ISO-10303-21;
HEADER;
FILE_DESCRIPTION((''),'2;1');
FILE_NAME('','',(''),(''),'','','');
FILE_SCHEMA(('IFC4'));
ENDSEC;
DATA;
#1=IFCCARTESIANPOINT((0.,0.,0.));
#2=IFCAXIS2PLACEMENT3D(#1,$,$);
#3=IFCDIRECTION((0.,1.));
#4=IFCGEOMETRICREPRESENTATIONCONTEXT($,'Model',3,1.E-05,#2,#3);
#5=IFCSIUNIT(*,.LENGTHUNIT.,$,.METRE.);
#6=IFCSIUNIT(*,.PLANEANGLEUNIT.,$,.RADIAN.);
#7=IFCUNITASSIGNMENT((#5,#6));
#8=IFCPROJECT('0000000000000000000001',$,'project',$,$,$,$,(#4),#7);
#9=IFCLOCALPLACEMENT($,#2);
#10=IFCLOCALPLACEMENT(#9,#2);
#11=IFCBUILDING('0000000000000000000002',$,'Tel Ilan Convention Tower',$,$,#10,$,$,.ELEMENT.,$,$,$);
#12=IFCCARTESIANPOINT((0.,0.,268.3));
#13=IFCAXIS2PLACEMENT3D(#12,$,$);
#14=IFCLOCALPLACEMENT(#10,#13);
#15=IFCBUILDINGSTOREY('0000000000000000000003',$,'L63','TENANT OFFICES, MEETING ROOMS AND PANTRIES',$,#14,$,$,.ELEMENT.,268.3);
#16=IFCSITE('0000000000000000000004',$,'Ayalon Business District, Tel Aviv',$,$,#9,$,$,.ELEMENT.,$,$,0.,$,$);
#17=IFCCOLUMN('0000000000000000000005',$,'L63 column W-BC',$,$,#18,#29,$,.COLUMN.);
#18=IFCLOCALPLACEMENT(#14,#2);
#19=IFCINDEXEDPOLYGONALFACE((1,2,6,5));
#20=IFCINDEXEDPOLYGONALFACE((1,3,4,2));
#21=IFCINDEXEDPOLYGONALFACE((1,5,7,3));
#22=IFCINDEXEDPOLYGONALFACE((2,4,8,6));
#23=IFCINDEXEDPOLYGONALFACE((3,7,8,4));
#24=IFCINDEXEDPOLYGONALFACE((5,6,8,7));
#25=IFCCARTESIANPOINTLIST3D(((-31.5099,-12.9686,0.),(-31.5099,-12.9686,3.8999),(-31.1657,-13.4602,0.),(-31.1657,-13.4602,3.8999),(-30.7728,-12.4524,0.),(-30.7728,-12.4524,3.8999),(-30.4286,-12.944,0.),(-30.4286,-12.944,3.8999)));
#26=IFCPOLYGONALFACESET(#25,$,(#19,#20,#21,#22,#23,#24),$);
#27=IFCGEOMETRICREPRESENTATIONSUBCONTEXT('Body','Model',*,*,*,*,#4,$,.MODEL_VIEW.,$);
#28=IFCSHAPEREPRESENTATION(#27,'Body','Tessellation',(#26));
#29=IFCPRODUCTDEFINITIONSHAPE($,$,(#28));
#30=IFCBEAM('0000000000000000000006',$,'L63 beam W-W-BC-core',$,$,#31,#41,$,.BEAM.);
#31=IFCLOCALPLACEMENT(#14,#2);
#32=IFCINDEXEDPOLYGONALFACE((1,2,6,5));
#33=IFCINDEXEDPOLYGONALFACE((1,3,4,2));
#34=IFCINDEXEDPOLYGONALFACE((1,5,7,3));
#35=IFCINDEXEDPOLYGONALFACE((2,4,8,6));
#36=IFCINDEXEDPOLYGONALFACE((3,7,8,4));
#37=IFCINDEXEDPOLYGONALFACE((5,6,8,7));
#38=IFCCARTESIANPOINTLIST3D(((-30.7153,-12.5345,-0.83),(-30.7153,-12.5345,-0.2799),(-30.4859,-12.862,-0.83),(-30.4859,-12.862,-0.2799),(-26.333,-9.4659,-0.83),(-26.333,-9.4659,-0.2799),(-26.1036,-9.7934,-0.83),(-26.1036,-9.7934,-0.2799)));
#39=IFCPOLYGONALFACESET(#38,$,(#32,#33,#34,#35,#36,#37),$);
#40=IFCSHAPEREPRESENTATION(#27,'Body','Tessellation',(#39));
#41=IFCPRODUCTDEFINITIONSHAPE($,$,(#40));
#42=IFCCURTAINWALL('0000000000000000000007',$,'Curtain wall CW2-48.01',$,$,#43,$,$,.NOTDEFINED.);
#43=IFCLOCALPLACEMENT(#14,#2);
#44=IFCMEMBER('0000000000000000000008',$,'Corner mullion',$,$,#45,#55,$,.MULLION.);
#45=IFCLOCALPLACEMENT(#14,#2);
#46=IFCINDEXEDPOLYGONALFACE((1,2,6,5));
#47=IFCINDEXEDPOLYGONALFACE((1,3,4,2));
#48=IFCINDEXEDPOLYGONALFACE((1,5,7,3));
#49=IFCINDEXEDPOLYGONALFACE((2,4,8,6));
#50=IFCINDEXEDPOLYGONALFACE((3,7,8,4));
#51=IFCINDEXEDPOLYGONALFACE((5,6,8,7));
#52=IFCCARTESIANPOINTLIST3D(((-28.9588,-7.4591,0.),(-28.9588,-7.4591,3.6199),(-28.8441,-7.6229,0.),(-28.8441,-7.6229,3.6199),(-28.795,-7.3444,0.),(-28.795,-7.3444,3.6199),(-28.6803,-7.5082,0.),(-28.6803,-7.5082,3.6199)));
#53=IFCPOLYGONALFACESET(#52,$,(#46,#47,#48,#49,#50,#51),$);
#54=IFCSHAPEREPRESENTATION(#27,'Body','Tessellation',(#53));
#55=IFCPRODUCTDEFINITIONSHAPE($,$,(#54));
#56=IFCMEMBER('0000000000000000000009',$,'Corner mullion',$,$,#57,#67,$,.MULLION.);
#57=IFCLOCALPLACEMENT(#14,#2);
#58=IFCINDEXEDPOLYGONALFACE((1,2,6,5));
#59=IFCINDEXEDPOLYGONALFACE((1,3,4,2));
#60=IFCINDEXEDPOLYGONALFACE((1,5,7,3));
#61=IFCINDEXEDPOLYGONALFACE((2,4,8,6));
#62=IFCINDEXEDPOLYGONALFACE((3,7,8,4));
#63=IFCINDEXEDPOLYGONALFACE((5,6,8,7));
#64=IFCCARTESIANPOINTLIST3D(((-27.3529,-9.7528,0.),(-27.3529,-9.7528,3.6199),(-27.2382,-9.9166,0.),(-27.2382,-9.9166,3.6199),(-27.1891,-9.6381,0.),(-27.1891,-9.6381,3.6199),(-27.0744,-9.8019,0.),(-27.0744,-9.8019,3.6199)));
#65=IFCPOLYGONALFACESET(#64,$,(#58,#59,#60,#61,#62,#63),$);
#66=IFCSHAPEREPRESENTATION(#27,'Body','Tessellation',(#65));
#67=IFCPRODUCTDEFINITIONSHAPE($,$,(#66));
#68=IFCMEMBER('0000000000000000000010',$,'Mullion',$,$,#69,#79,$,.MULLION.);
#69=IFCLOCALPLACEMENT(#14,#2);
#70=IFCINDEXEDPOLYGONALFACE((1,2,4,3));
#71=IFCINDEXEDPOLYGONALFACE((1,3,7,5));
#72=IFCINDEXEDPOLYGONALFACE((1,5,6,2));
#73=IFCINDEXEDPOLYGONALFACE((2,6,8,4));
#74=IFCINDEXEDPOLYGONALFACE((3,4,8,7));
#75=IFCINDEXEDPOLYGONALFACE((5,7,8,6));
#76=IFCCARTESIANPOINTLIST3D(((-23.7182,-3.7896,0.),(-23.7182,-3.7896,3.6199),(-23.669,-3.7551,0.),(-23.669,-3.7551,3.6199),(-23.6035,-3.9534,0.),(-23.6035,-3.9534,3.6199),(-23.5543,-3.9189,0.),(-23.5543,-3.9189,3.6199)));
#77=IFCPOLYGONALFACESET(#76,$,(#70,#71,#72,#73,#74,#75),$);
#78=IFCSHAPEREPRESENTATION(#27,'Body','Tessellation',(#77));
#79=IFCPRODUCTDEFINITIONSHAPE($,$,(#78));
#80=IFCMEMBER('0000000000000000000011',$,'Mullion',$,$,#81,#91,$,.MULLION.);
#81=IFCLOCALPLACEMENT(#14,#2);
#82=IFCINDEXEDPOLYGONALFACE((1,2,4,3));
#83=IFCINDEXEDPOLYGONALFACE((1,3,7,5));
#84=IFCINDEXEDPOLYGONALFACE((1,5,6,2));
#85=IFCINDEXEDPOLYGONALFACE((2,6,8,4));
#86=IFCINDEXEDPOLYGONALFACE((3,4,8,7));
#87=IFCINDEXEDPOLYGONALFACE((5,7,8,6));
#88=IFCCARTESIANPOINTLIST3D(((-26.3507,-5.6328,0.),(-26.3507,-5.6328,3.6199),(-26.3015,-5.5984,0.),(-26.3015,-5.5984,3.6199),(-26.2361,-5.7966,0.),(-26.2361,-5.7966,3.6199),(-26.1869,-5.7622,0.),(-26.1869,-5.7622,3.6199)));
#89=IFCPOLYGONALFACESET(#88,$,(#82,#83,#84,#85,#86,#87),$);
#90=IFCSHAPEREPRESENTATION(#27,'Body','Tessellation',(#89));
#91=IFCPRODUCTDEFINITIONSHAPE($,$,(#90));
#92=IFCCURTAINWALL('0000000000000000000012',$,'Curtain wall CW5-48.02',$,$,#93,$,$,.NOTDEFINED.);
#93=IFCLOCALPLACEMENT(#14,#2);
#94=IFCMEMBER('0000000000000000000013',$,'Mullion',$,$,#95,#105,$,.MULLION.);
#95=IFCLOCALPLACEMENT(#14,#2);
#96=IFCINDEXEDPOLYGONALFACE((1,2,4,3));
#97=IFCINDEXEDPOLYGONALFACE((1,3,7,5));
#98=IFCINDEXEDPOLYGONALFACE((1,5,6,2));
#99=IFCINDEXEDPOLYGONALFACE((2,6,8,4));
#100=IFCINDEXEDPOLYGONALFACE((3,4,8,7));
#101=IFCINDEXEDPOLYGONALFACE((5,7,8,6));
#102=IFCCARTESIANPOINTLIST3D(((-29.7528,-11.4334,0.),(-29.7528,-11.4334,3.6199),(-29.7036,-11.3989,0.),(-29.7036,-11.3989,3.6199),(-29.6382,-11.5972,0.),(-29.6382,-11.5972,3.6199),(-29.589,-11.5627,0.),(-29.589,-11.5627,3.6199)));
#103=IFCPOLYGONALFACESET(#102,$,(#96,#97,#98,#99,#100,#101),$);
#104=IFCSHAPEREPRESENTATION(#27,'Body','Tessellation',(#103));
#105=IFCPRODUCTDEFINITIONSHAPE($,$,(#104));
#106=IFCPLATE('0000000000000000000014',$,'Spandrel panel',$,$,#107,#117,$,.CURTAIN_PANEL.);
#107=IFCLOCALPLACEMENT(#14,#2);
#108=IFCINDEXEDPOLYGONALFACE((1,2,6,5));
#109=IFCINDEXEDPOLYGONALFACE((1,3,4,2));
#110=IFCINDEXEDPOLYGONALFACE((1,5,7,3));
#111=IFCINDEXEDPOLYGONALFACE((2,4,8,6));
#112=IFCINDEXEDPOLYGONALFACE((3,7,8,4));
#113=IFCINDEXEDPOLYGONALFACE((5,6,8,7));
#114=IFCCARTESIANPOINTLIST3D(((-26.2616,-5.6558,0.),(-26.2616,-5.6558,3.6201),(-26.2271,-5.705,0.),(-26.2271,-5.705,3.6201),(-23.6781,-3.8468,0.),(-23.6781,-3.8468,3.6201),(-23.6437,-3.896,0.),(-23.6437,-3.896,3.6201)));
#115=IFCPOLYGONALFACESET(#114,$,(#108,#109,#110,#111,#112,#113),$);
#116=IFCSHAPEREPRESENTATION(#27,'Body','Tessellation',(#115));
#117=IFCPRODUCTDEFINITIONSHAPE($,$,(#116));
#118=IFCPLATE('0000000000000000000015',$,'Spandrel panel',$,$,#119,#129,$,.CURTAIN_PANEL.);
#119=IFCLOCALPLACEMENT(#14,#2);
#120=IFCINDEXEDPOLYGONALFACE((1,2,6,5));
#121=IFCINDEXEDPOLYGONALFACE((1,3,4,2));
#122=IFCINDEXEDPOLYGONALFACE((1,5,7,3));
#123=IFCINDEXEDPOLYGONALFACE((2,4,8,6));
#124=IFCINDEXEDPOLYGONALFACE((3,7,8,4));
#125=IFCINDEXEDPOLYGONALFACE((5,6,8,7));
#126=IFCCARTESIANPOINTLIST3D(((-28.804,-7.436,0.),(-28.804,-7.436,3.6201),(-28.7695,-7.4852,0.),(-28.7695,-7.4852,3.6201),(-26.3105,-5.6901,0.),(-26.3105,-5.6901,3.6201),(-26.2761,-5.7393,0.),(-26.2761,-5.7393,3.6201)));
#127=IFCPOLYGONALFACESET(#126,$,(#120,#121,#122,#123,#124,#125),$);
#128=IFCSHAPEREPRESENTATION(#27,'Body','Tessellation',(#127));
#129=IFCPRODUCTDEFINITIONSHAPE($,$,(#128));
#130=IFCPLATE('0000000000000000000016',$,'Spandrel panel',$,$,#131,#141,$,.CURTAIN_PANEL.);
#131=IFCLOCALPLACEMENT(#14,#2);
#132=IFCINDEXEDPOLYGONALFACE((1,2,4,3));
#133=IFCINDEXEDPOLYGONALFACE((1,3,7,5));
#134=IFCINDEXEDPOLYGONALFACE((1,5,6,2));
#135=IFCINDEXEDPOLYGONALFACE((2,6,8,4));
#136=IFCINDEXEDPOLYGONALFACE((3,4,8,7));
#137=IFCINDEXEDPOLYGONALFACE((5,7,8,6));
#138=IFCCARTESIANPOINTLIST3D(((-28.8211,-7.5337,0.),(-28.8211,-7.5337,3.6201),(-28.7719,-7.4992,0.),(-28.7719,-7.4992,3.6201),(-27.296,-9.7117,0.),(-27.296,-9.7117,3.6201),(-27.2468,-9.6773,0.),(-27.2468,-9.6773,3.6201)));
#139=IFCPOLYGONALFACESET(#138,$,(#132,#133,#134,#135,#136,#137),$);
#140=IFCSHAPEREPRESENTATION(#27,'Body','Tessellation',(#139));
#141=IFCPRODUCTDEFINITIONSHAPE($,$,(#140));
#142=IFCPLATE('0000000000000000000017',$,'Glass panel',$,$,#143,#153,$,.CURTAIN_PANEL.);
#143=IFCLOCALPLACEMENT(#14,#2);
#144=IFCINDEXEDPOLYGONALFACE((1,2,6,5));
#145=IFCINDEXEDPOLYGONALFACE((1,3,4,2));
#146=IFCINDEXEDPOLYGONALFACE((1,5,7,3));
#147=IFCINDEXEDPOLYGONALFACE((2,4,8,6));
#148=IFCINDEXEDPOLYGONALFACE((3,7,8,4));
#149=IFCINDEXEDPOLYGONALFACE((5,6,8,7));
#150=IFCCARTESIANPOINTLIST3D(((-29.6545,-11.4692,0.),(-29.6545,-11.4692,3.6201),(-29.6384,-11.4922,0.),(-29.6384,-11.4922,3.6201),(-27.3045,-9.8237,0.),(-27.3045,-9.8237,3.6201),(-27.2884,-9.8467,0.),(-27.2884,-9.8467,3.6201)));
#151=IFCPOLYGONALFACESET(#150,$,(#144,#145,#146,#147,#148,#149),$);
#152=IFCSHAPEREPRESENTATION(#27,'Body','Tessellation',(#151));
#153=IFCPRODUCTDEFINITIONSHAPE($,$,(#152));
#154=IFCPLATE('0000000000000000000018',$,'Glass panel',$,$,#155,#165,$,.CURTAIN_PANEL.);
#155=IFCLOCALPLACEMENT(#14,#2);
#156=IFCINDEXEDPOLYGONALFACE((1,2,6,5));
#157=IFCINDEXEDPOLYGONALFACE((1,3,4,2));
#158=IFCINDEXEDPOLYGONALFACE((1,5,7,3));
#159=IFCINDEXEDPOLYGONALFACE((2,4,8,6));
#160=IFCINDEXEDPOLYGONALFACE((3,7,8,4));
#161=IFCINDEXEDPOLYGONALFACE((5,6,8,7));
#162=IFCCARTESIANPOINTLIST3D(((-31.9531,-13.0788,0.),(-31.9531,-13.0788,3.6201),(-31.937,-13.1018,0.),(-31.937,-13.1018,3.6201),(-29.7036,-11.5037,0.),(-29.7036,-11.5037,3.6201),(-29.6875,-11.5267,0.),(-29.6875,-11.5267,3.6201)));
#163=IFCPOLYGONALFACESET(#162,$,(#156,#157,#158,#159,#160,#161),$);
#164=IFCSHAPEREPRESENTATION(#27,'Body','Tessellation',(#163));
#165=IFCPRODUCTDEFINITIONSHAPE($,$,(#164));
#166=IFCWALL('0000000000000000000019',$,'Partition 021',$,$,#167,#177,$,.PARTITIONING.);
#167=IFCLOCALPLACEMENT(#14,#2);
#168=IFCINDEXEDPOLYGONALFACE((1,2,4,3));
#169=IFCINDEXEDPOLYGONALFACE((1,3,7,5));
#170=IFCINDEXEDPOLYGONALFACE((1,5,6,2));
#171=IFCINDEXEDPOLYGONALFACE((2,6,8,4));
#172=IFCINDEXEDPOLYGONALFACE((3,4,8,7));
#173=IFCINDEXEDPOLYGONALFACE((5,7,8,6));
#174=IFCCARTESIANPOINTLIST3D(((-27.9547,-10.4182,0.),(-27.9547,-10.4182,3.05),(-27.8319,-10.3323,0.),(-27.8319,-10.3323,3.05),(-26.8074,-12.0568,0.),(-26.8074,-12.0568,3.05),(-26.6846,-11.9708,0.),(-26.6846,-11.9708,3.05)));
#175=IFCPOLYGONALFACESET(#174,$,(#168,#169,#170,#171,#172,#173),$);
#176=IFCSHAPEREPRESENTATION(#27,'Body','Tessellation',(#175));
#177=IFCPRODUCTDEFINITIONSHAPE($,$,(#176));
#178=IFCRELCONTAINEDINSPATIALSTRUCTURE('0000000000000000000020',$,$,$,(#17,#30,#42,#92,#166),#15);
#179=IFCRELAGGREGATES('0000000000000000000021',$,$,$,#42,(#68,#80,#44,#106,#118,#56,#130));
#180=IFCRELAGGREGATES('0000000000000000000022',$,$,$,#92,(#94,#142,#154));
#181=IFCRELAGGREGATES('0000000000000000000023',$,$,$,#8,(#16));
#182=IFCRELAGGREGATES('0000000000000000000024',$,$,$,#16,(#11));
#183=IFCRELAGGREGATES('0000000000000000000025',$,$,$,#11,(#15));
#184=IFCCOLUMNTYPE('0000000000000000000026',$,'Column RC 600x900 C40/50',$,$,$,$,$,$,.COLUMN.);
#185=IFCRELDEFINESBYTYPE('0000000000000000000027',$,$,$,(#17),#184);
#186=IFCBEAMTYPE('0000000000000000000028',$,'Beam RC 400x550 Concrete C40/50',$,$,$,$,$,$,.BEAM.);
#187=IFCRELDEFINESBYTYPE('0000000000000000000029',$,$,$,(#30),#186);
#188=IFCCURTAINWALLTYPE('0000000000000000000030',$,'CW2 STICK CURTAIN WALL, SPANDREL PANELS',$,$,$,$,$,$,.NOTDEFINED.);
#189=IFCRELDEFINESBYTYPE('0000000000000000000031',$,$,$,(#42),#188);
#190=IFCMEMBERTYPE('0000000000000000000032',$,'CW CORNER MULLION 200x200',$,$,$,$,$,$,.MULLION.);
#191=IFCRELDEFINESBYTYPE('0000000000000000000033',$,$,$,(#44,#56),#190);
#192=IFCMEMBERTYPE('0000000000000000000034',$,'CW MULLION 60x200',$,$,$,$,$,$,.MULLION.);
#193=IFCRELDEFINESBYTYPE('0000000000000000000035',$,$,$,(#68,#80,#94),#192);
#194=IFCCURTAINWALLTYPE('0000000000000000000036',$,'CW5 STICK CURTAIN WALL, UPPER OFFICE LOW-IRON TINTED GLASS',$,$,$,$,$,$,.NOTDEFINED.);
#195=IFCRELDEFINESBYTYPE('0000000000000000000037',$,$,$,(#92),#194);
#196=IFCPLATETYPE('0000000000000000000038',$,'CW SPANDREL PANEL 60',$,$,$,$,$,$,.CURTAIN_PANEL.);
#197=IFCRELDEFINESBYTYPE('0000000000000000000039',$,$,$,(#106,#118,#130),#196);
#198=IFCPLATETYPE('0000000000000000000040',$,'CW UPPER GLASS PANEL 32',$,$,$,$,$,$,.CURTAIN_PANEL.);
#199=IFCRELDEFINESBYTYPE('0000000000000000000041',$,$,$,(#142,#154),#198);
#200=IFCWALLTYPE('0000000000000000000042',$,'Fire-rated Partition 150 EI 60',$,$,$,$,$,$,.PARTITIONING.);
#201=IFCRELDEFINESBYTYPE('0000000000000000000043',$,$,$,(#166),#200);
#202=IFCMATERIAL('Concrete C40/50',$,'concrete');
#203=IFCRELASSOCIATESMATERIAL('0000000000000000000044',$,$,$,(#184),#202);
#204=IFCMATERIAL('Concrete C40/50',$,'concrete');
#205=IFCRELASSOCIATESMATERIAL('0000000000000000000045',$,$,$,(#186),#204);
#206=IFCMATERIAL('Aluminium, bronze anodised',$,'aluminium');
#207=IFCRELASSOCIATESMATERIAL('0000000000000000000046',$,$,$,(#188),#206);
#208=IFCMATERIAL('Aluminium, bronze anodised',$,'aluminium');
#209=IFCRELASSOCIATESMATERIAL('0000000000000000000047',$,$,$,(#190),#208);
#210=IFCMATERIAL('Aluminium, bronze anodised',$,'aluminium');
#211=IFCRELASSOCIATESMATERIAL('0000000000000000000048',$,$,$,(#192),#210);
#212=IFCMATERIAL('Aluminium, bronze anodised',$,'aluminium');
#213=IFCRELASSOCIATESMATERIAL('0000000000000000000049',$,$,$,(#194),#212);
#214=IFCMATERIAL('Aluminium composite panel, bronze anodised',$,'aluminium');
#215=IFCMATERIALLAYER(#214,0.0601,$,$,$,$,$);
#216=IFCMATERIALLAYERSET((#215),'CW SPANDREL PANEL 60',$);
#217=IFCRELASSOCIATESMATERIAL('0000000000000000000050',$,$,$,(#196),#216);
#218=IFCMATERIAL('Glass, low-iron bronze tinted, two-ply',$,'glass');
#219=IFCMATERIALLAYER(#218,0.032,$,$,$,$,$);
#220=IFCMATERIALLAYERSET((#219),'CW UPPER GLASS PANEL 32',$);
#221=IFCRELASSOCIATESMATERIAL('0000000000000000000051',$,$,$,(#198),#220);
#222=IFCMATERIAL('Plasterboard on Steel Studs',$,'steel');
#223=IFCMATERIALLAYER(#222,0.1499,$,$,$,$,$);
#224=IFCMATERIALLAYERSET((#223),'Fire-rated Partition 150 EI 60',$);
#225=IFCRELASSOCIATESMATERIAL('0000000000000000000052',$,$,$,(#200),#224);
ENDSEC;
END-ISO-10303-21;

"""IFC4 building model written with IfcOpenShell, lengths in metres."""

from ifc_helpers import new_model, si_unit, direction, frame, frame_2d, origin, origin_2d, place, context, subcontext, project, spatial, rectangle, extrude, material, layer, layer_set, material_profile, profile_set, type_object, element, aggregate, save


model = new_model("IFC4")

# Units and contexts
model_context = context("Model", 3, precision=1e-05, world=origin(), true_north=direction((0.0, 1.0)))
body_context = subcontext(model_context, "Body", "Model", "MODEL_VIEW")
ifc_project = project(units=[si_unit("LENGTHUNIT", "METRE"), si_unit("PLANEANGLEUNIT", "RADIAN")], contexts=[model_context])

# Site, building, storey
site_placement = place(None, origin())
site = spatial("IfcSite", under=ifc_project, at=site_placement, Name="Ayalon Business District, Tel Aviv", CompositionType="ELEMENT", RefElevation=0.0)
building_placement = place(site_placement, origin())
building = spatial("IfcBuilding", under=site, at=building_placement, Name="Tel Ilan Convention Tower", CompositionType="ELEMENT")
storey_placement = place(building_placement, frame((0.0, 0.0, 268.3)))
storey = spatial("IfcBuildingStorey", under=building, at=storey_placement, Name="L63", Description="TENANT OFFICES, MEETING ROOMS AND PANTRIES", CompositionType="ELEMENT", Elevation=268.3)

# Column
ifc_material_1 = material(Name="Concrete C40/50", Category="concrete")
ifc_material_profile_1 = material_profile(ifc_material_1, rectangle(XDim=0.8999, YDim=0.6001, at=origin_2d()), Name="RC 600x900")
ifc_profile_set_1 = profile_set([ifc_material_profile_1], Name="Concrete C40/50")
column_type = type_object("IfcColumnType", Name="Column RC 600x900 C40/50", PredefinedType="COLUMN", material=ifc_profile_set_1)
column_placement = place(storey_placement, frame((-30.9692, -12.9563, 0.0), z_axis=(0.0, 0.0, 1.0), x_axis=(-0.819152, -0.573576, 0.0)))
element("IfcColumn", 1, at=column_placement, inside=storey, type_object=column_type, Name="L63 column W-BC", PredefinedType="COLUMN", context=body_context, shape_type="SweptSolid", body=[
    extrude(rectangle(XDim=0.8999, YDim=0.6001, at=origin_2d()), origin(), (0.0, 0.0, 1.0), 3.8999),
])

# Beam
ifc_material_2 = material(Name="Concrete C40/50", Category="concrete")
ifc_material_profile_2 = material_profile(ifc_material_2, rectangle(XDim=0.3999, YDim=0.55, at=origin_2d()), Name="RC 400x550")
ifc_profile_set_2 = profile_set([ifc_material_profile_2], Name="Concrete C40/50")
beam_type = type_object("IfcBeamType", Name="Beam RC 400x550 Concrete C40/50", PredefinedType="BEAM", material=ifc_profile_set_2)
beam_placement = place(storey_placement, frame((-30.6006, -12.6982, -0.5549), z_axis=(0.819146, 0.573585, 0.0), x_axis=(-0.573585, 0.819146, 0.0)))
element("IfcBeam", 2, at=beam_placement, inside=storey, type_object=beam_type, Name="L63 beam W-W-BC-core", PredefinedType="BEAM", context=body_context, shape_type="SweptSolid", body=[
    extrude(rectangle(XDim=0.3999, YDim=0.55, at=origin_2d()), origin(), (0.0, 0.0, 1.0), 5.3499),
])

# Curtain wall, members
ifc_material_3 = material(Name="Aluminium, bronze anodised", Category="aluminium")
curtain_wall_type_1 = type_object("IfcCurtainWallType", Name="CW2 STICK CURTAIN WALL, SPANDREL PANELS", PredefinedType="NOTDEFINED", material=ifc_material_3)
curtain_wall_1_placement = place(storey_placement, origin())
curtain_wall_1 = element("IfcCurtainWall", 3, at=curtain_wall_1_placement, inside=storey, type_object=curtain_wall_type_1, Name="Curtain wall CW2-48.01", PredefinedType="NOTDEFINED")
ifc_material_4 = material(Name="Aluminium, bronze anodised", Category="aluminium")
ifc_material_profile_3 = material_profile(ifc_material_4, rectangle(XDim=0.2, YDim=0.2, at=origin_2d()), Name="CW CORNER MULLION 200x200")
ifc_profile_set_3 = profile_set([ifc_material_profile_3], Name="Aluminium, bronze anodised")
member_type_1 = type_object("IfcMemberType", Name="CW CORNER MULLION 200x200", PredefinedType="MULLION", material=ifc_profile_set_3)
member_1_placement = place(storey_placement, frame((-28.8196, -7.4836, 0.0), z_axis=(0.0, 0.0, 1.0), x_axis=(-0.819152, -0.573576, 0.0)))
member_1 = element("IfcMember", 4, at=member_1_placement, type_object=member_type_1, Name="Corner mullion", PredefinedType="MULLION", context=body_context, shape_type="SweptSolid", body=[
    extrude(rectangle(XDim=0.2, YDim=0.2, at=origin_2d()), origin(), (0.0, 0.0, 1.0), 3.6199),
])
member_2_placement = place(storey_placement, frame((-27.2136, -9.7773, 0.0), z_axis=(0.0, 0.0, 1.0), x_axis=(0.573576, -0.819152, 0.0)))
member_2 = element("IfcMember", 5, at=member_2_placement, type_object=member_type_1, Name="Corner mullion", PredefinedType="MULLION", context=body_context, shape_type="SweptSolid", body=[
    extrude(rectangle(XDim=0.2, YDim=0.2, at=origin_2d()), origin(), (0.0, 0.0, 1.0), 3.6199),
])
ifc_material_5 = material(Name="Aluminium, bronze anodised", Category="aluminium")
ifc_material_profile_4 = material_profile(ifc_material_5, rectangle(XDim=0.0601, YDim=0.2, at=origin_2d()), Name="CW MULLION 60x200")
ifc_profile_set_4 = profile_set([ifc_material_profile_4], Name="Aluminium, bronze anodised")
member_type_2 = type_object("IfcMemberType", Name="CW MULLION 60x200", PredefinedType="MULLION", material=ifc_profile_set_4)
member_3_placement = place(storey_placement, frame((-23.6362, -3.8542, 0.0), z_axis=(0.0, 0.0, 1.0), x_axis=(-0.819152, -0.573576, 0.0)))
member_3 = element("IfcMember", 6, at=member_3_placement, type_object=member_type_2, Name="Mullion", PredefinedType="MULLION", context=body_context, shape_type="SweptSolid", body=[
    extrude(rectangle(XDim=0.0601, YDim=0.2, at=origin_2d()), origin(), (0.0, 0.0, 1.0), 3.6199),
])
member_4_placement = place(storey_placement, frame((-26.2688, -5.6975, 0.0), z_axis=(0.0, 0.0, 1.0), x_axis=(-0.819152, -0.573576, 0.0)))
member_4 = element("IfcMember", 7, at=member_4_placement, type_object=member_type_2, Name="Mullion", PredefinedType="MULLION", context=body_context, shape_type="SweptSolid", body=[
    extrude(rectangle(XDim=0.0601, YDim=0.2, at=origin_2d()), origin(), (0.0, 0.0, 1.0), 3.6199),
])

# Curtain wall, member
ifc_material_6 = material(Name="Aluminium, bronze anodised", Category="aluminium")
curtain_wall_type_2 = type_object("IfcCurtainWallType", Name="CW5 STICK CURTAIN WALL, UPPER OFFICE LOW-IRON TINTED GLASS", PredefinedType="NOTDEFINED", material=ifc_material_6)
curtain_wall_2_placement = place(storey_placement, origin())
curtain_wall_2 = element("IfcCurtainWall", 8, at=curtain_wall_2_placement, inside=storey, type_object=curtain_wall_type_2, Name="Curtain wall CW5-48.02", PredefinedType="NOTDEFINED")
member_5_placement = place(storey_placement, frame((-29.6709, -11.498, 0.0), z_axis=(0.0, 0.0, 1.0), x_axis=(-0.819152, -0.573576, 0.0)))
member_5 = element("IfcMember", 9, at=member_5_placement, type_object=member_type_2, Name="Mullion", PredefinedType="MULLION", context=body_context, shape_type="SweptSolid", body=[
    extrude(rectangle(XDim=0.0601, YDim=0.2, at=origin_2d()), origin(), (0.0, 0.0, 1.0), 3.6199),
])

# Plates
ifc_material_7 = material(Name="Aluminium composite panel, bronze anodised", Category="aluminium")
ifc_layer_1 = layer(ifc_material_7, 0.0601)
ifc_layer_set_1 = layer_set([ifc_layer_1], Name="CW SPANDREL PANEL 60")
plate_type_1 = type_object("IfcPlateType", Name="CW SPANDREL PANEL 60", PredefinedType="CURTAIN_PANEL", material=ifc_layer_set_1)
plate_1_placement = place(storey_placement, frame((-24.9526, -4.7759, 0.0), z_axis=(0.0, 0.0, 1.0), x_axis=(-0.819152, -0.573576, 0.0)))
plate_1 = element("IfcPlate", 10, at=plate_1_placement, type_object=plate_type_1, Name="Spandrel panel", PredefinedType="CURTAIN_PANEL", context=body_context, shape_type="SweptSolid", body=[
    extrude(rectangle(XDim=3.1538, YDim=0.0601, at=origin_2d()), origin(), (0.0, 0.0, 1.0), 3.6201),
])
plate_2_placement = place(storey_placement, frame((-27.54, -6.5876, 0.0), z_axis=(0.0, 0.0, 1.0), x_axis=(-0.819152, -0.573576, 0.0)))
plate_2 = element("IfcPlate", 11, at=plate_2_placement, type_object=plate_type_1, Name="Spandrel panel", PredefinedType="CURTAIN_PANEL", context=body_context, shape_type="SweptSolid", body=[
    extrude(rectangle(XDim=3.0439, YDim=0.0601, at=origin_2d()), origin(), (0.0, 0.0, 1.0), 3.6201),
])
plate_3_placement = place(storey_placement, frame((-28.0339, -8.6055, 0.0), z_axis=(0.0, 0.0, 1.0), x_axis=(0.573576, -0.819152, 0.0)))
plate_3 = element("IfcPlate", 12, at=plate_3_placement, type_object=plate_type_1, Name="Spandrel panel", PredefinedType="CURTAIN_PANEL", context=body_context, shape_type="SweptSolid", body=[
    extrude(rectangle(XDim=2.6589, YDim=0.0601, at=origin_2d()), origin(), (0.0, 0.0, 1.0), 3.6201),
])
aggregate(curtain_wall_1, [member_3, member_4, member_1, plate_1, plate_2, member_2, plate_3])
ifc_material_8 = material(Name="Glass, low-iron bronze tinted, two-ply", Category="glass")
ifc_layer_2 = layer(ifc_material_8, 0.032)
ifc_layer_set_2 = layer_set([ifc_layer_2], Name="CW UPPER GLASS PANEL 32")
plate_type_2 = type_object("IfcPlateType", Name="CW UPPER GLASS PANEL 32", PredefinedType="CURTAIN_PANEL", material=ifc_layer_set_2)
plate_4_placement = place(storey_placement, frame((-28.4714, -10.658, 0.0), z_axis=(0.0, 0.0, 1.0), x_axis=(-0.819152, -0.573576, 0.0)))
plate_4 = element("IfcPlate", 13, at=plate_4_placement, type_object=plate_type_2, Name="Glass panel", PredefinedType="CURTAIN_PANEL", context=body_context, shape_type="SweptSolid", body=[
    extrude(rectangle(XDim=2.8689, YDim=0.0281, at=origin_2d()), origin(), (0.0, 0.0, 1.0), 3.6201),
])
plate_5_placement = place(storey_placement, frame((-30.8203, -12.3027, 0.0), z_axis=(0.0, 0.0, 1.0), x_axis=(-0.819152, -0.573576, 0.0)))
plate_5 = element("IfcPlate", 14, at=plate_5_placement, type_object=plate_type_2, Name="Glass panel", PredefinedType="CURTAIN_PANEL", context=body_context, shape_type="SweptSolid", body=[
    extrude(rectangle(XDim=2.7461, YDim=0.0281, at=origin_2d()), origin(), (0.0, 0.0, 1.0), 3.6201),
])
aggregate(curtain_wall_2, [member_5, plate_4, plate_5])

# Wall
ifc_material_9 = material(Name="Plasterboard on Steel Studs", Category="steel")
ifc_layer_3 = layer(ifc_material_9, 0.1499)
ifc_layer_set_3 = layer_set([ifc_layer_3], Name="Fire-rated Partition 150 EI 60")
wall_type_1 = type_object("IfcWallType", Name="Fire-rated Partition 150 EI 60", PredefinedType="PARTITIONING", material=ifc_layer_set_3)
wall_1_placement = place(storey_placement, frame((-26.7461, -12.0137, 0.0), z_axis=(0.0, 0.0, 1.0), x_axis=(-0.573569, 0.819157, 0.0)))
element("IfcWall", 15, at=wall_1_placement, inside=storey, type_object=wall_type_1, Name="Partition 021", PredefinedType="PARTITIONING", context=body_context, shape_type="SweptSolid", body=[
    extrude(rectangle(XDim=2.0002, YDim=0.1499, at=frame_2d((1.0, 0.0))), origin(), (0.0, 0.0, 1.0), 3.05),
])

save(model, "model.ifc")
